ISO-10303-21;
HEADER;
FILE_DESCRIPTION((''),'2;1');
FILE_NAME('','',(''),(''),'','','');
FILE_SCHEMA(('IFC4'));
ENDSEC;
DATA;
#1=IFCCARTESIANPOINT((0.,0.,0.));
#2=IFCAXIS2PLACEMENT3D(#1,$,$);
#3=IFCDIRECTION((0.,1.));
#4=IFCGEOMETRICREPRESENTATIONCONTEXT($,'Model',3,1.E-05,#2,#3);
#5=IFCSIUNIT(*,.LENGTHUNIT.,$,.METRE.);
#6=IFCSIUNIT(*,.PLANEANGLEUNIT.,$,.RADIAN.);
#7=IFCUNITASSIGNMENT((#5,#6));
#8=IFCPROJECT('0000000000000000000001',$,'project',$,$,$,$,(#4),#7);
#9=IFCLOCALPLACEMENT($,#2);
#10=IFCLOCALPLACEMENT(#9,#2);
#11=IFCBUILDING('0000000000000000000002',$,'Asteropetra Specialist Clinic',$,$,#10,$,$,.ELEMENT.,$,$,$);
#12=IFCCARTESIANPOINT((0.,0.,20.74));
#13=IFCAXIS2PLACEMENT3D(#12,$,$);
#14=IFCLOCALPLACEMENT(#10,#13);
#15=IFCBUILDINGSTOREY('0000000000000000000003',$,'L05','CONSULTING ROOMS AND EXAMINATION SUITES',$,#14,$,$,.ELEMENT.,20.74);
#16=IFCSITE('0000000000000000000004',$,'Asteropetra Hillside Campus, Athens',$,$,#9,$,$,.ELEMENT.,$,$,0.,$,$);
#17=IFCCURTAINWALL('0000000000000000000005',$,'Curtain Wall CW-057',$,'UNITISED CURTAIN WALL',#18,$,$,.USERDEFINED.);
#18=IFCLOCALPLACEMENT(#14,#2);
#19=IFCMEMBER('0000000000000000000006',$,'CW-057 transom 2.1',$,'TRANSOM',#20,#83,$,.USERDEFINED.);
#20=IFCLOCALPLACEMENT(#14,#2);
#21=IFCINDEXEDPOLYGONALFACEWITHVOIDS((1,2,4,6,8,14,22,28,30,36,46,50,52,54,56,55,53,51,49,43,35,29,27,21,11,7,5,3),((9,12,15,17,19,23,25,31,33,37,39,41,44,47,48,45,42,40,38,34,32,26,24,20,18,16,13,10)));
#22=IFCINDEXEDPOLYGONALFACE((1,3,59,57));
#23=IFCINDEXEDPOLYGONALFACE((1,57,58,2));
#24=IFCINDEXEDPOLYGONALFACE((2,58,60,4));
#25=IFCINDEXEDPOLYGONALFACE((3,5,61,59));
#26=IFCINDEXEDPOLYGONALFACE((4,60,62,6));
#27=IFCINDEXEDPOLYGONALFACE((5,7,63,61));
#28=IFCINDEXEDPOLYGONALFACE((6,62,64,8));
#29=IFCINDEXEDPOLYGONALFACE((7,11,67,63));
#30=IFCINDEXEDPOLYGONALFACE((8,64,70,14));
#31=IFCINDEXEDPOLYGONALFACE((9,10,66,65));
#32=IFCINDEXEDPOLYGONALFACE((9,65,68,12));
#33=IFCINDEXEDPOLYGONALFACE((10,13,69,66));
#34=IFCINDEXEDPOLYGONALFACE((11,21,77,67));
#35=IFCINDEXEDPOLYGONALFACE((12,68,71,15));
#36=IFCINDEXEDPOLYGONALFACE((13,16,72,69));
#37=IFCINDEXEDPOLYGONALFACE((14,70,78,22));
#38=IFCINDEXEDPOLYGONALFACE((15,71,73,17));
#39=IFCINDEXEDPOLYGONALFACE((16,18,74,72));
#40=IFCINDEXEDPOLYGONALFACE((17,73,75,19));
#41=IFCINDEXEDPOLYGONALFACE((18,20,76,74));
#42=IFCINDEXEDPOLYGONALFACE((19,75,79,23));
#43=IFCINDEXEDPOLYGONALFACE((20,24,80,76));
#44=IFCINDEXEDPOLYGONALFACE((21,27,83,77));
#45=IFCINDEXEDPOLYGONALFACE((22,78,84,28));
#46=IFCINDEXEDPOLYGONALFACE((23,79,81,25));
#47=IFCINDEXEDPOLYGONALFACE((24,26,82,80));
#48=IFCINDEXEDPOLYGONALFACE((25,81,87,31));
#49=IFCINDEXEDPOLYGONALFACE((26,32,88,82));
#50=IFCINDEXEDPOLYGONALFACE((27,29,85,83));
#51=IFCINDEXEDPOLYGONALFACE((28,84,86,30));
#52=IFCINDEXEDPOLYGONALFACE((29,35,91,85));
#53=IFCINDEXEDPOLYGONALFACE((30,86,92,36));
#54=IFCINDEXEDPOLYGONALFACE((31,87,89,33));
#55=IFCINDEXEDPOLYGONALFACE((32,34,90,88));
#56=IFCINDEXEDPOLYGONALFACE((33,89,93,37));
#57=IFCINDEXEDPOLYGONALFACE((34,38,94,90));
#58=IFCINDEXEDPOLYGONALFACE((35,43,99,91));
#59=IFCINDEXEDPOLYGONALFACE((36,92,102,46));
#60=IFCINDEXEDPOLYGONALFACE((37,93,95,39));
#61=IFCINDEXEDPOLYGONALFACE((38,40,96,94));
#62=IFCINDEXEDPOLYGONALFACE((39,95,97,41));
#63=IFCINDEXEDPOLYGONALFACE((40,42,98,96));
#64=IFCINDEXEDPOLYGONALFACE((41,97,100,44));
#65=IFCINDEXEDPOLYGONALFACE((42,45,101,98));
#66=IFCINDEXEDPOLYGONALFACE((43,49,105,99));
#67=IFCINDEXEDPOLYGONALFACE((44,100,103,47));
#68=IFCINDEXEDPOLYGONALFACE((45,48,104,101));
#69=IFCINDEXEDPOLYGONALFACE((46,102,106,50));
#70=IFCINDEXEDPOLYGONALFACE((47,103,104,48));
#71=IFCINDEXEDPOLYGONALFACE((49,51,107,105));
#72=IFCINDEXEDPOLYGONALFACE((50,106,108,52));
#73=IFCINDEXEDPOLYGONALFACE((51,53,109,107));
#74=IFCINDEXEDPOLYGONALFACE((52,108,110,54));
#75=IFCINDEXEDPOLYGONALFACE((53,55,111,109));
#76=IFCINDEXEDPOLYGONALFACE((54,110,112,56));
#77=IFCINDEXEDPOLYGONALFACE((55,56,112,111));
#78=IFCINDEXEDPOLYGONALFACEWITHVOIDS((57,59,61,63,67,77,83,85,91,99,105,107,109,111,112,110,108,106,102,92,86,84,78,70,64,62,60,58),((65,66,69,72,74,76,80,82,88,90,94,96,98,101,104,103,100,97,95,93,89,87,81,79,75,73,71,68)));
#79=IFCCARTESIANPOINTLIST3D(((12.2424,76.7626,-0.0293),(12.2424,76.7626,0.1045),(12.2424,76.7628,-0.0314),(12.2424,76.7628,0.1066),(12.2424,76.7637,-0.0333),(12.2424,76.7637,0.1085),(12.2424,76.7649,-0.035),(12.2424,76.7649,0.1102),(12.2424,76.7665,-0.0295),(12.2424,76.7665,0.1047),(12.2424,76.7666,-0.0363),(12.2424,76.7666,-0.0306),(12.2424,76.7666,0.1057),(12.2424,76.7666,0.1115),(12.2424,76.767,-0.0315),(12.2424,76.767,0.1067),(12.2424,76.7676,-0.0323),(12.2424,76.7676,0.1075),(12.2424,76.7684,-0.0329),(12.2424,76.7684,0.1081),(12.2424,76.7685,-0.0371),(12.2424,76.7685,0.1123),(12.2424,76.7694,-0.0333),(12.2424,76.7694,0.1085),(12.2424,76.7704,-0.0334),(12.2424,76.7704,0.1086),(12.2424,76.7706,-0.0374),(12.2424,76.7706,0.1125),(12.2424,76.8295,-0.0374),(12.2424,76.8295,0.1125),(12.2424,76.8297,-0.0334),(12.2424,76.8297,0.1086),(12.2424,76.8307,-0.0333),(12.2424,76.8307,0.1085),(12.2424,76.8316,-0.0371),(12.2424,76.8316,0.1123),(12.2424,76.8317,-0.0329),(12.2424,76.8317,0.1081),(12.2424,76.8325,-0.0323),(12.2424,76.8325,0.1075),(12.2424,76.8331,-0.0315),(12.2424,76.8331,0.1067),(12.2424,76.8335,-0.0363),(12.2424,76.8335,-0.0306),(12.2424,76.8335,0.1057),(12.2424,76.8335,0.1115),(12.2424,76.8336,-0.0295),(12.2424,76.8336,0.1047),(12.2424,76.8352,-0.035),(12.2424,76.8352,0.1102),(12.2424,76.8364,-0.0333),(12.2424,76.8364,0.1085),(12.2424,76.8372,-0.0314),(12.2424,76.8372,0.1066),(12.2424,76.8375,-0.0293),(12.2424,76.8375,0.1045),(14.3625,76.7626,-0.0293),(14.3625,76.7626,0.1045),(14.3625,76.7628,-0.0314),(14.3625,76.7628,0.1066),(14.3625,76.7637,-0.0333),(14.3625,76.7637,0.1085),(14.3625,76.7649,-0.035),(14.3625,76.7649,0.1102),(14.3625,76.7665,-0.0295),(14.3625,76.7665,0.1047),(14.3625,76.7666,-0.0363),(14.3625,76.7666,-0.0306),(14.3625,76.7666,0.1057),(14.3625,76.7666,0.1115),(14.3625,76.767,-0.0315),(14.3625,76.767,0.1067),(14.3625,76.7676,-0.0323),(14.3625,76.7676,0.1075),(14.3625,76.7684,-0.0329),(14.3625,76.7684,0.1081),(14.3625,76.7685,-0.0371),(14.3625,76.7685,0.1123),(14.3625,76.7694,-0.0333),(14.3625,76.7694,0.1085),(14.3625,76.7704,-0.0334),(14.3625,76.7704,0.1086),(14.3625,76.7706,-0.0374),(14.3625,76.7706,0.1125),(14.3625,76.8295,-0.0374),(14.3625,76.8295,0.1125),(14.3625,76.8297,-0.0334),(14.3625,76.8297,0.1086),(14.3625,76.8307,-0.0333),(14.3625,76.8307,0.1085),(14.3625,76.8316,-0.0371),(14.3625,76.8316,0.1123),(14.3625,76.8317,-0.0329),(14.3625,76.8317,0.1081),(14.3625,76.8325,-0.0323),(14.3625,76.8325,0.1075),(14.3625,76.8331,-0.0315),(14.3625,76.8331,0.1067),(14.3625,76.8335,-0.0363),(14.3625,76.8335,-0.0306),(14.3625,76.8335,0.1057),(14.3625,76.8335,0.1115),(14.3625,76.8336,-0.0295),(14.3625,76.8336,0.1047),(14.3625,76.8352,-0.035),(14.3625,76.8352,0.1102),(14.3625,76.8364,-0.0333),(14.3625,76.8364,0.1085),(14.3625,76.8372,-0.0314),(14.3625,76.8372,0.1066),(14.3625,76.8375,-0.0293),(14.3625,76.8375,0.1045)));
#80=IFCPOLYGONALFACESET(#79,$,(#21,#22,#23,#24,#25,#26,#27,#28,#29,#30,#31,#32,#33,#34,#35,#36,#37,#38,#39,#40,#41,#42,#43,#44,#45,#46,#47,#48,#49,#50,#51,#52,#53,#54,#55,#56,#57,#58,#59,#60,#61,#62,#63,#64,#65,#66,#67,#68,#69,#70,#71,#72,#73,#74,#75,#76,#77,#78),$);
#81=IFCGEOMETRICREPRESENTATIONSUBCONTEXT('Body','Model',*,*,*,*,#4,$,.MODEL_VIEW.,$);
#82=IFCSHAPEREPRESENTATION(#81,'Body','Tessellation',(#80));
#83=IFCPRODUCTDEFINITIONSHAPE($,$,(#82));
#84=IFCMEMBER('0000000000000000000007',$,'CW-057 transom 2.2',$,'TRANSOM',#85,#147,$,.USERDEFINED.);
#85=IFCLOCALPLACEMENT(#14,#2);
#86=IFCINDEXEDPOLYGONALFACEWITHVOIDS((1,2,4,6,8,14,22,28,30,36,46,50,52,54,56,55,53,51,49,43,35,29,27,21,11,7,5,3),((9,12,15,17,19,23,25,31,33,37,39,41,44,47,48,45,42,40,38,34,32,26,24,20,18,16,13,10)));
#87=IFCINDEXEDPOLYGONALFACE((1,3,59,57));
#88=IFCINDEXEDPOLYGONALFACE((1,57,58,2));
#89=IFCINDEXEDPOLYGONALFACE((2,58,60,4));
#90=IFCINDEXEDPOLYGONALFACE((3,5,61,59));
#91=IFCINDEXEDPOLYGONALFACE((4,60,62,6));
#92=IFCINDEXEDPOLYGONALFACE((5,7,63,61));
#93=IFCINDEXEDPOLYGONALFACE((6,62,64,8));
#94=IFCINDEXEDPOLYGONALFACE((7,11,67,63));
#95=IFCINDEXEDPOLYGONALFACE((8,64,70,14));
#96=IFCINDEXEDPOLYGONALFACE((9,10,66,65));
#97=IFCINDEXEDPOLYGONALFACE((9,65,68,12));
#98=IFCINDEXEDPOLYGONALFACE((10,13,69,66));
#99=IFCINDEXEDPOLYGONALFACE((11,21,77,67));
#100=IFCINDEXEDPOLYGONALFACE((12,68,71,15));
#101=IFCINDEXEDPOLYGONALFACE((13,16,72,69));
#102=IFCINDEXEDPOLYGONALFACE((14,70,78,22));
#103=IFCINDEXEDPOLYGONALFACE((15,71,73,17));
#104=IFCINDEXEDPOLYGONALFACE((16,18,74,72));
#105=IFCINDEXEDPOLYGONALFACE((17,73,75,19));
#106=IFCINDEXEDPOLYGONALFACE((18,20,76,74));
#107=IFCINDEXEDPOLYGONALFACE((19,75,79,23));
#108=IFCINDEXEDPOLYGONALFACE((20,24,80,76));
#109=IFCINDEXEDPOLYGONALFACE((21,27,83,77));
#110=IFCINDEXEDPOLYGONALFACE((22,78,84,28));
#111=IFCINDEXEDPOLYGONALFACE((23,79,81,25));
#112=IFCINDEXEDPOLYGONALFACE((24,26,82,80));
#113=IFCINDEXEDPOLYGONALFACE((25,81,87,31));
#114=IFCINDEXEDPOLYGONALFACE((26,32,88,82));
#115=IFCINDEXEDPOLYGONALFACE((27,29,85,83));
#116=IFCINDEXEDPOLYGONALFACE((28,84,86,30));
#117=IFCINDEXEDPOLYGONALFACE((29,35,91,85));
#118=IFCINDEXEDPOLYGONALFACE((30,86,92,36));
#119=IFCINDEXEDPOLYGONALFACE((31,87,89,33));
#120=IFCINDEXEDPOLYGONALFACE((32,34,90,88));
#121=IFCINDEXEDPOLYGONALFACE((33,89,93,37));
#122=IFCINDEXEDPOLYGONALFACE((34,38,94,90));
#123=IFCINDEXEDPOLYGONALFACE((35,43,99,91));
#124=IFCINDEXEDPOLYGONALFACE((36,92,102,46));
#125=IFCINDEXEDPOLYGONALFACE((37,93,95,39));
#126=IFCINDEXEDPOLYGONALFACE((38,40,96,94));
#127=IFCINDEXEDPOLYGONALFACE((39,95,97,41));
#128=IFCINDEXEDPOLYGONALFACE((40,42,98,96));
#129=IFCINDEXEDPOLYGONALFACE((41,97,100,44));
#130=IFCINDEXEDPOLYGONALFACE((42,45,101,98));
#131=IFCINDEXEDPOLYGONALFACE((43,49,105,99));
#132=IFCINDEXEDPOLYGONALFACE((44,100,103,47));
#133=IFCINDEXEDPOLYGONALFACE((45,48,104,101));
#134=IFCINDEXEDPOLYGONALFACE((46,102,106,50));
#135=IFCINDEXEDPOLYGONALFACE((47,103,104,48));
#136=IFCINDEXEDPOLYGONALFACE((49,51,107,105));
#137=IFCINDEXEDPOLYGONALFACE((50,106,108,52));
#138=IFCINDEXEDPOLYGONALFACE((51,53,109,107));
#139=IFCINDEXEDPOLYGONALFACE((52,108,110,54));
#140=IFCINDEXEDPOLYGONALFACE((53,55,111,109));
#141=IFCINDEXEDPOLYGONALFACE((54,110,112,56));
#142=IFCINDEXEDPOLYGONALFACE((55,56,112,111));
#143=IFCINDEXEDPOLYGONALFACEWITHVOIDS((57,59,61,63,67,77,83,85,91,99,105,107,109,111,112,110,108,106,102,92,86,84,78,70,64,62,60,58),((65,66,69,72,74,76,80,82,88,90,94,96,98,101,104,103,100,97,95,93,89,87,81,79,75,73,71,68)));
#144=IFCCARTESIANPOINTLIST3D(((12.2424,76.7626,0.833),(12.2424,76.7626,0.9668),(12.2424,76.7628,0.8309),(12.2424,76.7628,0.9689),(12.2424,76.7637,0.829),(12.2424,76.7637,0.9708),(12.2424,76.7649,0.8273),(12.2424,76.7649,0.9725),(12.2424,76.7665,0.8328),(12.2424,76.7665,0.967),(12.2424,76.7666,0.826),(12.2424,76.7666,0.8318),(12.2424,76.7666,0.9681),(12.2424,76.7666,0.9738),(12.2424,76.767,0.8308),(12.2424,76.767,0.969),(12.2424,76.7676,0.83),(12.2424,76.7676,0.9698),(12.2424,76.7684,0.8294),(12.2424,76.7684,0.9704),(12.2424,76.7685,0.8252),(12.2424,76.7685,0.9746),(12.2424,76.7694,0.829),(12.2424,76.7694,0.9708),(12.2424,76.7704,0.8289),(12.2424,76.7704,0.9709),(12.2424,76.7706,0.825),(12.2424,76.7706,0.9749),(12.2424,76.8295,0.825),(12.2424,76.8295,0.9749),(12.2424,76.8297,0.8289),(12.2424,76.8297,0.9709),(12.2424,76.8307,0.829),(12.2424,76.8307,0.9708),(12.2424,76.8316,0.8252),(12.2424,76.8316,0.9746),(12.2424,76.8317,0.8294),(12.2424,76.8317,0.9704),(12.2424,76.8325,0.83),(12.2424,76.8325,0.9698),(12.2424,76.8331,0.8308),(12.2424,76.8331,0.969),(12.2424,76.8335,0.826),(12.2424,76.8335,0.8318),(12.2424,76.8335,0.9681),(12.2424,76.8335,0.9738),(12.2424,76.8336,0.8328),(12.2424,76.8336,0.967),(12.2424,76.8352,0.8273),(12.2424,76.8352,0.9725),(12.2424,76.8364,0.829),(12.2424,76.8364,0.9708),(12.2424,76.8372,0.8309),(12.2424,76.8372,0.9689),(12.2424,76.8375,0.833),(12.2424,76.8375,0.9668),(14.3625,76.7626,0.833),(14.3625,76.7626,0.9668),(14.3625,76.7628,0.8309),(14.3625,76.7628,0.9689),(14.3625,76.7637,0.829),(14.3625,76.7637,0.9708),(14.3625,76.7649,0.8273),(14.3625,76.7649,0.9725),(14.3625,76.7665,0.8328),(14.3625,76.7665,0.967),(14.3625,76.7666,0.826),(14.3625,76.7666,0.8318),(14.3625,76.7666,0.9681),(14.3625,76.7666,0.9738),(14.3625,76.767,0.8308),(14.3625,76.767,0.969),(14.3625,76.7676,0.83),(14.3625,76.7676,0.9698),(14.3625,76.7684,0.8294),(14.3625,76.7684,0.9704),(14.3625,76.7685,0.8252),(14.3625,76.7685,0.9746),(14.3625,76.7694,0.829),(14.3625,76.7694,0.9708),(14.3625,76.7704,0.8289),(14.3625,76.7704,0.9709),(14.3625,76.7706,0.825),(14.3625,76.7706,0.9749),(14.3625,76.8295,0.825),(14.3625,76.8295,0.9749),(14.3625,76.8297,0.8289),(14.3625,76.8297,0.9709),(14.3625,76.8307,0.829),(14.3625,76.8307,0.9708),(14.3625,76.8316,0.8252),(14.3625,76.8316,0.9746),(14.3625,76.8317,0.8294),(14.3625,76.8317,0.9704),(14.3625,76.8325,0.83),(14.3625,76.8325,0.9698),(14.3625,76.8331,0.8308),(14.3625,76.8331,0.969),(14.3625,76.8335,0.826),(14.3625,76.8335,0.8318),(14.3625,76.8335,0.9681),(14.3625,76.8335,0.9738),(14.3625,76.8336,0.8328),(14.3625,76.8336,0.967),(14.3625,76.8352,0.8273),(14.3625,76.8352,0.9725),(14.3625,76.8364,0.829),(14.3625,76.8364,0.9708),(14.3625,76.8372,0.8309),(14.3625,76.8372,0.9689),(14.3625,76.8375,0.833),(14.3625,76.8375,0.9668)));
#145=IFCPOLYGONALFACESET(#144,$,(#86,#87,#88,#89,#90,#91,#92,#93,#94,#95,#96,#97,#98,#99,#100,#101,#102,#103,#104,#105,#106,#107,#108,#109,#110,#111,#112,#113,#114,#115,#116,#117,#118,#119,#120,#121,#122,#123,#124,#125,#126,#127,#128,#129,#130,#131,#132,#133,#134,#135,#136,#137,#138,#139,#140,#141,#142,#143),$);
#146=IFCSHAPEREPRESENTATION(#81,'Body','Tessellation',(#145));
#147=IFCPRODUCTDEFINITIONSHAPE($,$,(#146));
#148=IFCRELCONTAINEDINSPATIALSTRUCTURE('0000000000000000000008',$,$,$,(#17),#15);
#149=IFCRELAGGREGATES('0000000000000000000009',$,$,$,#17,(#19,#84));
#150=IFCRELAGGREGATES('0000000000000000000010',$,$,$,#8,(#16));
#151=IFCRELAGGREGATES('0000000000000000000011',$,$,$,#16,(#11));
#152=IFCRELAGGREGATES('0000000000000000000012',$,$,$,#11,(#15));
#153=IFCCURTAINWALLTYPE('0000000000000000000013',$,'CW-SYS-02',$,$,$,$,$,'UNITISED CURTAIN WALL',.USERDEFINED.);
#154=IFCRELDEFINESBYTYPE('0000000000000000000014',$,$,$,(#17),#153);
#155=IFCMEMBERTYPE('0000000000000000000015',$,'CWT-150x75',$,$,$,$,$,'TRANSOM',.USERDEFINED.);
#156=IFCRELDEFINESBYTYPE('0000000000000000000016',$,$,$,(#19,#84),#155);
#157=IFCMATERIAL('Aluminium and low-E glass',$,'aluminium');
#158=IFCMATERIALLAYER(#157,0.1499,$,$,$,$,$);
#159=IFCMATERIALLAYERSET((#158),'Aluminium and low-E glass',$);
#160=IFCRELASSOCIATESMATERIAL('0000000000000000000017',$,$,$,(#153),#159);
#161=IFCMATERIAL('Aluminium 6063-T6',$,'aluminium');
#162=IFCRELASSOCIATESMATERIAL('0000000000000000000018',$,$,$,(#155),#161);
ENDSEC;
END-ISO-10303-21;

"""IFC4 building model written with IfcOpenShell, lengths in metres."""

from ifc_helpers import new_model, si_unit, direction, frame, origin, origin_2d, place, context, subcontext, project, spatial, hollow_rectangle, extrude, material, layer, layer_set, material_profile, profile_set, type_object, element, aggregate, save


model = new_model("IFC4")

# Units and contexts
model_context = context("Model", 3, precision=1e-05, world=origin(), true_north=direction((0.0, 1.0)))
body_context = subcontext(model_context, "Body", "Model", "MODEL_VIEW")
ifc_project = project(units=[si_unit("LENGTHUNIT", "METRE"), si_unit("PLANEANGLEUNIT", "RADIAN")], contexts=[model_context])

# Site, building, storey
site_placement = place(None, origin())
site = spatial("IfcSite", under=ifc_project, at=site_placement, Name="Asteropetra Hillside Campus, Athens", CompositionType="ELEMENT", RefElevation=0.0)
building_placement = place(site_placement, origin())
building = spatial("IfcBuilding", under=site, at=building_placement, Name="Asteropetra Specialist Clinic", CompositionType="ELEMENT")
storey_placement = place(building_placement, frame((0.0, 0.0, 20.74)))
storey = spatial("IfcBuildingStorey", under=building, at=storey_placement, Name="L05", Description="CONSULTING ROOMS AND EXAMINATION SUITES", CompositionType="ELEMENT", Elevation=20.74)

# Curtain wall, members
ifc_material_1 = material(Name="Aluminium and low-E glass", Category="aluminium")
ifc_layer_1 = layer(ifc_material_1, 0.1499)
ifc_layer_set_1 = layer_set([ifc_layer_1], Name="Aluminium and low-E glass")
curtain_wall_type = type_object("IfcCurtainWallType", Name="CW-SYS-02", ElementType="UNITISED CURTAIN WALL", PredefinedType="USERDEFINED", material=ifc_layer_set_1)
curtain_wall_placement = place(storey_placement, origin())
curtain_wall = element("IfcCurtainWall", 1, at=curtain_wall_placement, inside=storey, type_object=curtain_wall_type, Name="Curtain Wall CW-057", ObjectType="UNITISED CURTAIN WALL", PredefinedType="USERDEFINED")
ifc_material_2 = material(Name="Aluminium 6063-T6", Category="aluminium")
ifc_material_profile_1 = material_profile(ifc_material_2, hollow_rectangle(XDim=0.075, YDim=0.1499, WallThickness=0.0039, InnerFilletRadius=0.0039, OuterFilletRadius=0.0081, at=origin_2d()), Name="TRN 150x75x4.0")
ifc_profile_set_1 = profile_set([ifc_material_profile_1], Name="Aluminium 6063-T6")
member_type_1 = type_object("IfcMemberType", Name="CWT-150x75", ElementType="TRANSOM", PredefinedType="USERDEFINED", material=ifc_profile_set_1)
member_1_placement = place(storey_placement, frame((12.2424, 76.8, 0.0376), z_axis=(1.0, 0.0, 0.0), x_axis=(0.0, 1.0, 0.0)))
member_1 = element("IfcMember", 2, at=member_1_placement, type_object=member_type_1, Name="CW-057 transom 2.1", ObjectType="TRANSOM", PredefinedType="USERDEFINED", context=body_context, shape_type="SweptSolid", body=[
    extrude(hollow_rectangle(XDim=0.075, YDim=0.1499, WallThickness=0.0039, InnerFilletRadius=0.0039, OuterFilletRadius=0.0081, at=origin_2d()), origin(), (0.0, 0.0, 1.0), 2.1201),
])
member_2_placement = place(storey_placement, frame((12.2424, 76.8, 0.8999), z_axis=(1.0, 0.0, 0.0), x_axis=(0.0, 1.0, 0.0)))
member_2 = element("IfcMember", 3, at=member_2_placement, type_object=member_type_1, Name="CW-057 transom 2.2", ObjectType="TRANSOM", PredefinedType="USERDEFINED", context=body_context, shape_type="SweptSolid", body=[
    extrude(hollow_rectangle(XDim=0.075, YDim=0.1499, WallThickness=0.0039, InnerFilletRadius=0.0039, OuterFilletRadius=0.0081, at=origin_2d()), origin(), (0.0, 0.0, 1.0), 2.1201),
])

aggregate(curtain_wall, [member_1, member_2])

save(model, "model.ifc")
